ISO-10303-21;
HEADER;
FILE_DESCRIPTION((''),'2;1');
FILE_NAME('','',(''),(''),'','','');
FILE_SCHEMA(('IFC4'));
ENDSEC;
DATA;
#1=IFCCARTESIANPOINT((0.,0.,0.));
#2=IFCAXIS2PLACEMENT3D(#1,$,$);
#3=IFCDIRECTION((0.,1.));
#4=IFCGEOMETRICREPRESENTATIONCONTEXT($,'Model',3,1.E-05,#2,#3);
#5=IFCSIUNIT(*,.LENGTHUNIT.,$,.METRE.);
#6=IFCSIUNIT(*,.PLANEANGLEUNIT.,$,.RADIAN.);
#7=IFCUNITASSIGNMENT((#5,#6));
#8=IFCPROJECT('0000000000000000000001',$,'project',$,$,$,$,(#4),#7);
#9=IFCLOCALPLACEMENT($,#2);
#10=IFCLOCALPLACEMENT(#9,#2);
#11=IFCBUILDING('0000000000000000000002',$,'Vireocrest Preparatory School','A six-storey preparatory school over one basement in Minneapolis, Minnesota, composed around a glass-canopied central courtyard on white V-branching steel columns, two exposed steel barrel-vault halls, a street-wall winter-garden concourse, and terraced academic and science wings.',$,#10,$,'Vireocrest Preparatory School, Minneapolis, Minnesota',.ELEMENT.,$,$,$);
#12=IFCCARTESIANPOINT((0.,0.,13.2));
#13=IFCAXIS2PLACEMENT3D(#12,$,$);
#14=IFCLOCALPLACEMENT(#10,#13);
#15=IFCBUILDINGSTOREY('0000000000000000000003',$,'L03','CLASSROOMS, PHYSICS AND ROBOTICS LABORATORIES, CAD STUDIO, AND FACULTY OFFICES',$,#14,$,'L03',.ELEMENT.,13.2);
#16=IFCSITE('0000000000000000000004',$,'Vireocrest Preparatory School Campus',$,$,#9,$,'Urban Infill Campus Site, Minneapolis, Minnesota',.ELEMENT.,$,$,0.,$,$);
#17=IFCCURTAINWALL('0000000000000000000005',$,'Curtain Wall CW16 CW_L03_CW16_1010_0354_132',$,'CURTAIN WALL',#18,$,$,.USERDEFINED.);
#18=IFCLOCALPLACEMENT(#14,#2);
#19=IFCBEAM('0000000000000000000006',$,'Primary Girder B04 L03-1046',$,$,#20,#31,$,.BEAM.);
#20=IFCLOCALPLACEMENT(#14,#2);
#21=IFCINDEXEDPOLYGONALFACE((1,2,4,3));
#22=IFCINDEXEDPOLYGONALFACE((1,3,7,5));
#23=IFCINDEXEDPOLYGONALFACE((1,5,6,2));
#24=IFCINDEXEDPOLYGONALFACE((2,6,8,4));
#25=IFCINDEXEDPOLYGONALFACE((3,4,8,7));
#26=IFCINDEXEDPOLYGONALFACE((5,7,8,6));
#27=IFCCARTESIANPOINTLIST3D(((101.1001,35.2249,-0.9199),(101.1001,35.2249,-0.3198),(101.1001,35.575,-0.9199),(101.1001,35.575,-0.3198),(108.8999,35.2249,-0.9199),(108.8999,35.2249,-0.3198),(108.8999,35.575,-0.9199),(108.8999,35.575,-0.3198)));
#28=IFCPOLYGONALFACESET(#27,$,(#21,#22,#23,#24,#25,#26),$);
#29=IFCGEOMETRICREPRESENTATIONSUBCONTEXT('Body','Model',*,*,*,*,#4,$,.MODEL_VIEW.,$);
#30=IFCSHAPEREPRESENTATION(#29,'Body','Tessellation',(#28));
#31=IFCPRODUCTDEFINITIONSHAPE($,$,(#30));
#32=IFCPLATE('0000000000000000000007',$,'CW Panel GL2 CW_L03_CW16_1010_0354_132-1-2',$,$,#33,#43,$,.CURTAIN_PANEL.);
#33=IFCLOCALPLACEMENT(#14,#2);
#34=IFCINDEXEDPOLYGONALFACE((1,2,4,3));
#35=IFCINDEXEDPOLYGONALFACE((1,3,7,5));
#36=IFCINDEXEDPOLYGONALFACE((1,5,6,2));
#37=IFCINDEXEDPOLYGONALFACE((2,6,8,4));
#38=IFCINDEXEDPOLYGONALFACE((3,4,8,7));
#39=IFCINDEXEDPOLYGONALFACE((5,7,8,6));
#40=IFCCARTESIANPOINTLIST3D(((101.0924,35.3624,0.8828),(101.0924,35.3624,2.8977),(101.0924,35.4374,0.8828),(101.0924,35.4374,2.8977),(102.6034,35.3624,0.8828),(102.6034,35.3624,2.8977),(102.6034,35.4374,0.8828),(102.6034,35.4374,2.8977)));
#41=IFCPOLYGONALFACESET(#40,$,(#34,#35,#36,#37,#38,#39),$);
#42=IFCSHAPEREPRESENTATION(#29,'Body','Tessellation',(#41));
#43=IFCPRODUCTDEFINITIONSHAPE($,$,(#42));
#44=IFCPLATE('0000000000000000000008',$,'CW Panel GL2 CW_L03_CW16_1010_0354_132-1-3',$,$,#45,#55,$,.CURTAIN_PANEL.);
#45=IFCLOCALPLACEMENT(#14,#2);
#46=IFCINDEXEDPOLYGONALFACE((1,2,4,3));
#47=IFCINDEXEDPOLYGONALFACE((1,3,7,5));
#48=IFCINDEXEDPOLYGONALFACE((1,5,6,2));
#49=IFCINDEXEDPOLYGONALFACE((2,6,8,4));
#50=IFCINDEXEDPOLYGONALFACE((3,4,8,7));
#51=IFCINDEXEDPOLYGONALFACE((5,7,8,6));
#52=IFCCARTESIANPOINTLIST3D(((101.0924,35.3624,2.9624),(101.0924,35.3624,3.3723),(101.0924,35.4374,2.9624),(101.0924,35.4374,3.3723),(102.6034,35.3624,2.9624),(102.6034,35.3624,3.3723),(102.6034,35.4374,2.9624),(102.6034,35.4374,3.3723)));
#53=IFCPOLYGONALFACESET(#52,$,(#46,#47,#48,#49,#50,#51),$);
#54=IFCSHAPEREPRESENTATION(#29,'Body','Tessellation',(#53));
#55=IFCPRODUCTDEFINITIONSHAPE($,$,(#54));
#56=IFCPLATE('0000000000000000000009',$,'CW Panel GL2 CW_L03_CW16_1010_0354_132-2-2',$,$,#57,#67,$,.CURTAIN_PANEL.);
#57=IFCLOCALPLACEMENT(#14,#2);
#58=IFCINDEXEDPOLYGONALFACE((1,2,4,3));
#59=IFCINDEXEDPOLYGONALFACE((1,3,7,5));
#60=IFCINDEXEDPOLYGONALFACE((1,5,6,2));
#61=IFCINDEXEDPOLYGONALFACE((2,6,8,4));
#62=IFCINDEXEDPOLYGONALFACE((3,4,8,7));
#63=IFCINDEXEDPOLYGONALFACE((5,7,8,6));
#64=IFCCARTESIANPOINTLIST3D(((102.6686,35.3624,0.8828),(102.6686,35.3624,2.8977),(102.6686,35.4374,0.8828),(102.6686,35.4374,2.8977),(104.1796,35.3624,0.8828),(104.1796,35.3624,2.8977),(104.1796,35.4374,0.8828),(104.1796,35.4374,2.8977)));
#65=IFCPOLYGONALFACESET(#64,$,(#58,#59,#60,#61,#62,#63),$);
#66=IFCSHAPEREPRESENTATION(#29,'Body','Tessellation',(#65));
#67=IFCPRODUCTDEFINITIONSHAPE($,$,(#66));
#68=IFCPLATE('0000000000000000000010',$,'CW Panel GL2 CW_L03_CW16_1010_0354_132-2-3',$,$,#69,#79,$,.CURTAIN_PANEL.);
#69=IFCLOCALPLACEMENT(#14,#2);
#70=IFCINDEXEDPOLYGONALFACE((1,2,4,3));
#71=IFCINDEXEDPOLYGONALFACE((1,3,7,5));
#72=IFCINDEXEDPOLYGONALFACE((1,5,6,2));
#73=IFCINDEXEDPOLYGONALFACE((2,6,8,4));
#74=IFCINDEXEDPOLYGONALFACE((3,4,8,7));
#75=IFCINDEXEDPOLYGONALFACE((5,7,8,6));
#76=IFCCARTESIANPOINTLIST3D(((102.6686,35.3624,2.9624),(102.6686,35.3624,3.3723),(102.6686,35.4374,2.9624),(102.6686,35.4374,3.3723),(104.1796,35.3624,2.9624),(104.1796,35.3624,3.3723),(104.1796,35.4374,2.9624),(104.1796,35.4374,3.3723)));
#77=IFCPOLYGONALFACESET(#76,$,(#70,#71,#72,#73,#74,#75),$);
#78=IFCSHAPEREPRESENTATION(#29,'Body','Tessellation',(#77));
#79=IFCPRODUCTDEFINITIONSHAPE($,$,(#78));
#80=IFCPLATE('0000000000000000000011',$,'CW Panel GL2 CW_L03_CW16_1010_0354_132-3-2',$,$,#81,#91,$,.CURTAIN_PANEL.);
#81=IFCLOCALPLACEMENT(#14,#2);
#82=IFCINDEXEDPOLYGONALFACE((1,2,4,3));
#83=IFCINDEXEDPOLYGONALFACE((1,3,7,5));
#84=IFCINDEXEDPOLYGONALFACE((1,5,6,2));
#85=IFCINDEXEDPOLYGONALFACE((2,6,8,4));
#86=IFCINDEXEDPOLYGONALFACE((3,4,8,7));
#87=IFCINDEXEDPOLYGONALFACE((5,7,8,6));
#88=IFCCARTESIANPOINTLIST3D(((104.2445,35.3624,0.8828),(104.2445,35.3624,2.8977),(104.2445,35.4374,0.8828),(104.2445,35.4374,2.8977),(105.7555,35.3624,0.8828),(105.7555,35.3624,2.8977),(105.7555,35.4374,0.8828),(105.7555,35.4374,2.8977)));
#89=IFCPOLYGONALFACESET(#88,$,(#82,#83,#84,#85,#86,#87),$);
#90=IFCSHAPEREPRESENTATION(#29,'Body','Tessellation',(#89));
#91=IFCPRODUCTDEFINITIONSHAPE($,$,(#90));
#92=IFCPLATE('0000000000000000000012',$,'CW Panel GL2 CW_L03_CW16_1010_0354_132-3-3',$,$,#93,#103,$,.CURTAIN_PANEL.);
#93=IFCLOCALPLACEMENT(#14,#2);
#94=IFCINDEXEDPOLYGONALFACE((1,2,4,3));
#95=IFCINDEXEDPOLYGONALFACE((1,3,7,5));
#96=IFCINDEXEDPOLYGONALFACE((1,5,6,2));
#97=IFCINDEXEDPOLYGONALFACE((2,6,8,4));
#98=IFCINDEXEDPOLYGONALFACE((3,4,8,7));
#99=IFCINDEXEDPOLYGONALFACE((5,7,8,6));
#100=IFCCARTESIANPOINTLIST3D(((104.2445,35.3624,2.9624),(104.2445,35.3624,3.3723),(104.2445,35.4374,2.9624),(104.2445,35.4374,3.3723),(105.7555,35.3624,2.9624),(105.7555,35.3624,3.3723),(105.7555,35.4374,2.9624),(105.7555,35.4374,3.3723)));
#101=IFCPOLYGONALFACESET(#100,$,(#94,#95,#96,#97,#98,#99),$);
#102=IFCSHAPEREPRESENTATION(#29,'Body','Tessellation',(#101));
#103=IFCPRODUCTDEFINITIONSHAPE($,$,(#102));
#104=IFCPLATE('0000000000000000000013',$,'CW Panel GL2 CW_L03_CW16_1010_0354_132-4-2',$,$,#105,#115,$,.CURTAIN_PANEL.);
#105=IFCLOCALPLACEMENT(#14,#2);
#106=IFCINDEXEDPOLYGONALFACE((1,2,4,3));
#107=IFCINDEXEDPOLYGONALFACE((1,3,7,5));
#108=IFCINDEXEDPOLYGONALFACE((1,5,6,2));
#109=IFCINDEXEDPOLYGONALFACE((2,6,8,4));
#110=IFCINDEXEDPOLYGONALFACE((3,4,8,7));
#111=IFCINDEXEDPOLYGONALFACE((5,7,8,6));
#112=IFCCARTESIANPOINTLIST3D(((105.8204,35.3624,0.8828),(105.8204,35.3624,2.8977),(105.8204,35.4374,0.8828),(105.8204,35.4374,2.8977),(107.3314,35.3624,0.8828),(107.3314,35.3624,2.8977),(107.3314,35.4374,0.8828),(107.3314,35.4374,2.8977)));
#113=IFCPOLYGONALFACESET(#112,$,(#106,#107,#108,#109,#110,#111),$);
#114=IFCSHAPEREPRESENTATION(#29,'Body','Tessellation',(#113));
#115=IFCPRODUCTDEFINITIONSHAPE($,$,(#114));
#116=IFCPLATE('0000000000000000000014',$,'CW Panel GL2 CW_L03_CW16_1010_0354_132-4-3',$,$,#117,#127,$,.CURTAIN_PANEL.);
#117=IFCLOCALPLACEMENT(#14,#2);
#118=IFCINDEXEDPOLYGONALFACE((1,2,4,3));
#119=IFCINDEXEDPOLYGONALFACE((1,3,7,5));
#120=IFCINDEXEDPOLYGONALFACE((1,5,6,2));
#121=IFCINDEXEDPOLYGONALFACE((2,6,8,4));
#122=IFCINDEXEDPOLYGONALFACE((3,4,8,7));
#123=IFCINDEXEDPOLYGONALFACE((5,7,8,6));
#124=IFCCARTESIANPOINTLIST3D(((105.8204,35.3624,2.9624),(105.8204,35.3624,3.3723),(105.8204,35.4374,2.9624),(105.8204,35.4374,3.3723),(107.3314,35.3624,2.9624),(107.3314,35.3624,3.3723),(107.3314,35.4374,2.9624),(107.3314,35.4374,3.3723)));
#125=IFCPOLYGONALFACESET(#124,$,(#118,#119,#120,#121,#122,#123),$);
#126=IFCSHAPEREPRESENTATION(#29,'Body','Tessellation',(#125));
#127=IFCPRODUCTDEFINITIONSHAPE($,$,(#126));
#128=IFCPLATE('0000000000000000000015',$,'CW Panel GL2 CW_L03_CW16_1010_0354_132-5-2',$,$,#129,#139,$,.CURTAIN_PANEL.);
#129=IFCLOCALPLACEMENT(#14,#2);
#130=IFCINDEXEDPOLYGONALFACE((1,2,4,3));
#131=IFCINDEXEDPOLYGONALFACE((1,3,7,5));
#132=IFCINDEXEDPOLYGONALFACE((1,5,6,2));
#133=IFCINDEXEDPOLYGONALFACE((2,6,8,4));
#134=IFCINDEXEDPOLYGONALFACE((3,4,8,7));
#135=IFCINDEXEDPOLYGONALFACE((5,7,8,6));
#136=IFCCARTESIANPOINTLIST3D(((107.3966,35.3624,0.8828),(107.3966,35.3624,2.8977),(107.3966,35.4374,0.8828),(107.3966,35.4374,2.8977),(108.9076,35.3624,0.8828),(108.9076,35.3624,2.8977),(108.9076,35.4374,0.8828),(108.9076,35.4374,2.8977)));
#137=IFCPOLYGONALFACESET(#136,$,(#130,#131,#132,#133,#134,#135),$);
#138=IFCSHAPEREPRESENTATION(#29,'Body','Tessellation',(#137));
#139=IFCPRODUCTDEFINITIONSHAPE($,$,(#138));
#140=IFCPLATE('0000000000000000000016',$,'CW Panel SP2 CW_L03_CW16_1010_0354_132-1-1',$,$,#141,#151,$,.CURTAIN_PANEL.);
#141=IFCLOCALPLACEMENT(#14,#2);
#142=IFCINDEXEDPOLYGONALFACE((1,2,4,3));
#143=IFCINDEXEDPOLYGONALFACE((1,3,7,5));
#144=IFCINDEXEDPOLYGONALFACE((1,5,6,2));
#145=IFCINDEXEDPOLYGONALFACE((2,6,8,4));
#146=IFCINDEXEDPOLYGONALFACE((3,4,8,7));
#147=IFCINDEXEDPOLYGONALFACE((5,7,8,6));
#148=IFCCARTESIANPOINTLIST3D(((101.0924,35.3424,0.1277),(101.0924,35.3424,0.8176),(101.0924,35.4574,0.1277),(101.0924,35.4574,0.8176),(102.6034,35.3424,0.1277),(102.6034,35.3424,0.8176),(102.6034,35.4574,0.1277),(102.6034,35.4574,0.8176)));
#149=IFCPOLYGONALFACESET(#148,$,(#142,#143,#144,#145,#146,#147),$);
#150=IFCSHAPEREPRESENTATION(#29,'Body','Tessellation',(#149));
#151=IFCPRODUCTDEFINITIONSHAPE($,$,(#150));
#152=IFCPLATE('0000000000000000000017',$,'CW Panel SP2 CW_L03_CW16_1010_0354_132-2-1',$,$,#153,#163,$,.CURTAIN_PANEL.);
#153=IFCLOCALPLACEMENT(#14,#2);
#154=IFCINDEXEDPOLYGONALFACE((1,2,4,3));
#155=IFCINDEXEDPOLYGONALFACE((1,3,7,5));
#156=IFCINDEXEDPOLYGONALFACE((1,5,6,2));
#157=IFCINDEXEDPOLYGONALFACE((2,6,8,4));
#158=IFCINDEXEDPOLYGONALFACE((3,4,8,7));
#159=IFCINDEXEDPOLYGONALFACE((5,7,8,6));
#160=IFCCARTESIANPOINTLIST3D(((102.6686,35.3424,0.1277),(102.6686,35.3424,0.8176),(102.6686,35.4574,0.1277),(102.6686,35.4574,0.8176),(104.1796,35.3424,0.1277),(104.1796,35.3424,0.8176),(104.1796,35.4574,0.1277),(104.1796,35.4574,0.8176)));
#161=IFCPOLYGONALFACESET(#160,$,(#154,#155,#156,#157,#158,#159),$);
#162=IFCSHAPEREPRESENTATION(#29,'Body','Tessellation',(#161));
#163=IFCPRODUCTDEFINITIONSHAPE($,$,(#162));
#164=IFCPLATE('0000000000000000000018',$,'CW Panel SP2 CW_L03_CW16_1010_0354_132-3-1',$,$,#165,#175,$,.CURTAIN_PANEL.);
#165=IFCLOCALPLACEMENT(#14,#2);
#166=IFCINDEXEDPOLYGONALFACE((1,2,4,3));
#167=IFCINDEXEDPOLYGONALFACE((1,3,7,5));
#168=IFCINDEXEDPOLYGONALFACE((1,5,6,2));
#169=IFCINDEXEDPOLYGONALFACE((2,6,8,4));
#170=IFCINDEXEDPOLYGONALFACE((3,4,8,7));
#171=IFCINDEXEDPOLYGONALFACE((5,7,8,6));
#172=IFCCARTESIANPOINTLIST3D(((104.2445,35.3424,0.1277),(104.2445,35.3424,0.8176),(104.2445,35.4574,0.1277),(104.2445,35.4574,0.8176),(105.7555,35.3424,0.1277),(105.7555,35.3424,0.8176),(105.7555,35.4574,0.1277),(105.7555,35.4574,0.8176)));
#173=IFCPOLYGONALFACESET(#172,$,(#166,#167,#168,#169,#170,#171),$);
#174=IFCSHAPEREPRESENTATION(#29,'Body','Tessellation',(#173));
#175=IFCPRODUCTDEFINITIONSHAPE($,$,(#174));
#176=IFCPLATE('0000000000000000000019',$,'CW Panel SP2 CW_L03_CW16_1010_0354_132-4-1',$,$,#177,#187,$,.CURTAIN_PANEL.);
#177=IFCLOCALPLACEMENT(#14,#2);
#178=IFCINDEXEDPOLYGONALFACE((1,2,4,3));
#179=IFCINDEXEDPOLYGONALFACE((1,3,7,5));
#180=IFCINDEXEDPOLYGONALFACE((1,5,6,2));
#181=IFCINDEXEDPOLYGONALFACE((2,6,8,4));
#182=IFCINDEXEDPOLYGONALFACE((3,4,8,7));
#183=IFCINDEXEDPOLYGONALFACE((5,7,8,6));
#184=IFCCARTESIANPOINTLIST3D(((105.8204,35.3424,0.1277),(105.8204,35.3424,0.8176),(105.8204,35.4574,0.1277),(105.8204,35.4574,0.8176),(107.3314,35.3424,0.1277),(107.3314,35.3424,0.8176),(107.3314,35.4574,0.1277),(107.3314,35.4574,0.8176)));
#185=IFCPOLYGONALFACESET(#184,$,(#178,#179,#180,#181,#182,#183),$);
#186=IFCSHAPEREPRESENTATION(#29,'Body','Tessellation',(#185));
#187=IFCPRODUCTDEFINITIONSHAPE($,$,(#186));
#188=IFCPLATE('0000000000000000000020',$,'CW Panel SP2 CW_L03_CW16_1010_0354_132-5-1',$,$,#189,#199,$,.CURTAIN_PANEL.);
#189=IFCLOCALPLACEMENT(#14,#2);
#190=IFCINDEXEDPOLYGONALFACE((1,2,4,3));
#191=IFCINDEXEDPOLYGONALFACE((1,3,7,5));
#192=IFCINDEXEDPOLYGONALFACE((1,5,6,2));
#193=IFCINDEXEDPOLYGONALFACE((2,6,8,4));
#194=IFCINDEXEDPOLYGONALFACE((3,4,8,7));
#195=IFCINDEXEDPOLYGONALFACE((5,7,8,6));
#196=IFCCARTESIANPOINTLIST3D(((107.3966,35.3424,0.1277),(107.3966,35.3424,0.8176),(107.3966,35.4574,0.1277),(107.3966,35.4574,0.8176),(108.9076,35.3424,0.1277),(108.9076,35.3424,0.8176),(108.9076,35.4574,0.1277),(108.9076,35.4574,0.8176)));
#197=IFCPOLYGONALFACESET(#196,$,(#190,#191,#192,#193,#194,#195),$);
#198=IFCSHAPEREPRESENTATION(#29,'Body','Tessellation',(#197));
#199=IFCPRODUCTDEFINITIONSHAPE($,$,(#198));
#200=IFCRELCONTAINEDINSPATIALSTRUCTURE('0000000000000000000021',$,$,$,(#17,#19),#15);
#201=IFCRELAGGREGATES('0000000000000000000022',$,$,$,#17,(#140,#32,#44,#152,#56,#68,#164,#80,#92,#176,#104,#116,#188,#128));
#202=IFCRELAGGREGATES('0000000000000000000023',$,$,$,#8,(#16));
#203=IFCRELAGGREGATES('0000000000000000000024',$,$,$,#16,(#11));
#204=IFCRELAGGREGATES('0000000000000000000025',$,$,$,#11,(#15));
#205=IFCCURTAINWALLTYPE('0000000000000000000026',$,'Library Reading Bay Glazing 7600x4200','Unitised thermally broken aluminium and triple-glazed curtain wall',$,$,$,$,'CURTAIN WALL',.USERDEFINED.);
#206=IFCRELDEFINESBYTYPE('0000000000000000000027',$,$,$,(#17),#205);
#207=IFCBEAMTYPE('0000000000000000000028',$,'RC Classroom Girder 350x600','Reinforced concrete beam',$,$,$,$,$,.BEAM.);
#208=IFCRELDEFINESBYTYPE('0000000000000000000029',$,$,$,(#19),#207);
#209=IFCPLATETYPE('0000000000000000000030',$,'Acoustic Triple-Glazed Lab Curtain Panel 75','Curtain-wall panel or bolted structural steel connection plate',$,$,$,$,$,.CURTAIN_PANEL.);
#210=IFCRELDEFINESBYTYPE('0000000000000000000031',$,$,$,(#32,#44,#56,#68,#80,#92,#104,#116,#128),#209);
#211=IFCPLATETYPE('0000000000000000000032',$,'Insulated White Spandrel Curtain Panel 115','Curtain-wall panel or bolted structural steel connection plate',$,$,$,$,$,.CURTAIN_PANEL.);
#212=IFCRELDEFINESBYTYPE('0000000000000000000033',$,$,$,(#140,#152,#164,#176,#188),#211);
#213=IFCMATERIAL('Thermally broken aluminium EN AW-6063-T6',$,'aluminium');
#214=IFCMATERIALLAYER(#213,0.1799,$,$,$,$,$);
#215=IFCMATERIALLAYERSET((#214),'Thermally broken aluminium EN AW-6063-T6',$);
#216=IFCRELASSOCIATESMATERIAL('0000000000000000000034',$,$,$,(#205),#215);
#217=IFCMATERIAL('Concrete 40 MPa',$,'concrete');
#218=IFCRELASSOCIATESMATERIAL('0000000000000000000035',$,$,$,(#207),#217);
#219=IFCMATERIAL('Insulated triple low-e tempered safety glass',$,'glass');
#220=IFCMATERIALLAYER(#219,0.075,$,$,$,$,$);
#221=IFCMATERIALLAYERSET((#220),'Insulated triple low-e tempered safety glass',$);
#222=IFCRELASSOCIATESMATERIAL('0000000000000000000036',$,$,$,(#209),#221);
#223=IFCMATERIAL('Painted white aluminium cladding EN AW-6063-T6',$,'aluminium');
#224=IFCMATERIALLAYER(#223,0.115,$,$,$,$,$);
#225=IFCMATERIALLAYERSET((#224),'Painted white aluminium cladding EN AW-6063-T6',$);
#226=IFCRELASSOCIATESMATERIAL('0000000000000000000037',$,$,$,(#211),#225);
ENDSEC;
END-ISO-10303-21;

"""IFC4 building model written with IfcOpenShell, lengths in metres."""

from ifc_helpers import new_model, si_unit, direction, frame, origin, origin_2d, place, context, subcontext, project, spatial, rectangle, extrude, material, layer, layer_set, material_profile, profile_set, type_object, element, aggregate, save


model = new_model("IFC4")

# Units and contexts
model_context = context("Model", 3, precision=1e-05, world=origin(), true_north=direction((0.0, 1.0)))
body_context = subcontext(model_context, "Body", "Model", "MODEL_VIEW")
ifc_project = project(units=[si_unit("LENGTHUNIT", "METRE"), si_unit("PLANEANGLEUNIT", "RADIAN")], contexts=[model_context])

# Site, building, storey
site_placement = place(None, origin())
site = spatial("IfcSite", under=ifc_project, at=site_placement, Name="Vireocrest Preparatory School Campus", LongName="Urban Infill Campus Site, Minneapolis, Minnesota", CompositionType="ELEMENT", RefElevation=0.0)
building_placement = place(site_placement, origin())
building = spatial("IfcBuilding", under=site, at=building_placement, Name="Vireocrest Preparatory School", Description="A six-storey preparatory school over one basement in Minneapolis, Minnesota, composed around a glass-canopied central courtyard on white V-branching steel columns, two exposed steel barrel-vault halls, a street-wall winter-garden concourse, and terraced academic and science wings.", LongName="Vireocrest Preparatory School, Minneapolis, Minnesota", CompositionType="ELEMENT")
storey_placement = place(building_placement, frame((0.0, 0.0, 13.2)))
storey = spatial("IfcBuildingStorey", under=building, at=storey_placement, Name="L03", Description="CLASSROOMS, PHYSICS AND ROBOTICS LABORATORIES, CAD STUDIO, AND FACULTY OFFICES", LongName="L03", CompositionType="ELEMENT", Elevation=13.2)

# Curtain wall
ifc_material_1 = material(Name="Thermally broken aluminium EN AW-6063-T6", Category="aluminium")
ifc_layer_1 = layer(ifc_material_1, 0.1799)
ifc_layer_set_1 = layer_set([ifc_layer_1], Name="Thermally broken aluminium EN AW-6063-T6")
curtain_wall_type = type_object("IfcCurtainWallType", Name="Library Reading Bay Glazing 7600x4200", Description="Unitised thermally broken aluminium and triple-glazed curtain wall", ElementType="CURTAIN WALL", PredefinedType="USERDEFINED", material=ifc_layer_set_1)
curtain_wall_placement = place(storey_placement, origin())
curtain_wall = element("IfcCurtainWall", 1, at=curtain_wall_placement, inside=storey, type_object=curtain_wall_type, Name="Curtain Wall CW16 CW_L03_CW16_1010_0354_132", ObjectType="CURTAIN WALL", PredefinedType="USERDEFINED")

# Beam
ifc_material_2 = material(Name="Concrete 40 MPa", Category="concrete")
ifc_material_profile_1 = material_profile(ifc_material_2, rectangle(XDim=0.3501, YDim=0.6001, at=origin_2d()), Name="RC 350x600")
ifc_profile_set_1 = profile_set([ifc_material_profile_1], Name="Concrete 40 MPa")
beam_type_1 = type_object("IfcBeamType", Name="RC Classroom Girder 350x600", Description="Reinforced concrete beam", PredefinedType="BEAM", material=ifc_profile_set_1)
beam_1_placement = place(storey_placement, frame((101.1001, 35.3999, -0.6199), z_axis=(1.0, 0.0, 0.0), x_axis=(0.0, 1.0, 0.0)))
element("IfcBeam", 2, at=beam_1_placement, inside=storey, type_object=beam_type_1, Name="Primary Girder B04 L03-1046", PredefinedType="BEAM", context=body_context, shape_type="SweptSolid", body=[
    extrude(rectangle(XDim=0.3501, YDim=0.6001, at=origin_2d()), origin(), (0.0, 0.0, 1.0), 7.7998),
])

# Plates
ifc_material_3 = material(Name="Insulated triple low-e tempered safety glass", Category="glass")
ifc_layer_2 = layer(ifc_material_3, 0.075)
ifc_layer_set_2 = layer_set([ifc_layer_2], Name="Insulated triple low-e tempered safety glass")
plate_type_1 = type_object("IfcPlateType", Name="Acoustic Triple-Glazed Lab Curtain Panel 75", Description="Curtain-wall panel or bolted structural steel connection plate", PredefinedType="CURTAIN_PANEL", material=ifc_layer_set_2)
plate_1_placement = place(storey_placement, frame((101.8479, 35.3999, 0.8828), z_axis=(0.0, 0.0, 1.0), x_axis=(1.0, 0.0, 0.0)))
plate_1 = element("IfcPlate", 3, at=plate_1_placement, type_object=plate_type_1, Name="CW Panel GL2 CW_L03_CW16_1010_0354_132-1-2", PredefinedType="CURTAIN_PANEL", context=body_context, shape_type="SweptSolid", body=[
    extrude(rectangle(XDim=1.511, YDim=0.075, at=origin_2d()), origin(), (0.0, 0.0, 1.0), 2.0149),
])
plate_2_placement = place(storey_placement, frame((101.8479, 35.3999, 2.9624), z_axis=(0.0, 0.0, 1.0), x_axis=(1.0, 0.0, 0.0)))
plate_2 = element("IfcPlate", 4, at=plate_2_placement, type_object=plate_type_1, Name="CW Panel GL2 CW_L03_CW16_1010_0354_132-1-3", PredefinedType="CURTAIN_PANEL", context=body_context, shape_type="SweptSolid", body=[
    extrude(rectangle(XDim=1.511, YDim=0.075, at=origin_2d()), origin(), (0.0, 0.0, 1.0), 0.4099),
])
plate_3_placement = place(storey_placement, frame((103.4241, 35.3999, 0.8828), z_axis=(0.0, 0.0, 1.0), x_axis=(1.0, 0.0, 0.0)))
plate_3 = element("IfcPlate", 5, at=plate_3_placement, type_object=plate_type_1, Name="CW Panel GL2 CW_L03_CW16_1010_0354_132-2-2", PredefinedType="CURTAIN_PANEL", context=body_context, shape_type="SweptSolid", body=[
    extrude(rectangle(XDim=1.511, YDim=0.075, at=origin_2d()), origin(), (0.0, 0.0, 1.0), 2.0149),
])
plate_4_placement = place(storey_placement, frame((103.4241, 35.3999, 2.9624), z_axis=(0.0, 0.0, 1.0), x_axis=(1.0, 0.0, 0.0)))
plate_4 = element("IfcPlate", 6, at=plate_4_placement, type_object=plate_type_1, Name="CW Panel GL2 CW_L03_CW16_1010_0354_132-2-3", PredefinedType="CURTAIN_PANEL", context=body_context, shape_type="SweptSolid", body=[
    extrude(rectangle(XDim=1.511, YDim=0.075, at=origin_2d()), origin(), (0.0, 0.0, 1.0), 0.4099),
])
plate_5_placement = place(storey_placement, frame((105.0, 35.3999, 0.8828), z_axis=(0.0, 0.0, 1.0), x_axis=(1.0, 0.0, 0.0)))
plate_5 = element("IfcPlate", 7, at=plate_5_placement, type_object=plate_type_1, Name="CW Panel GL2 CW_L03_CW16_1010_0354_132-3-2", PredefinedType="CURTAIN_PANEL", context=body_context, shape_type="SweptSolid", body=[
    extrude(rectangle(XDim=1.511, YDim=0.075, at=origin_2d()), origin(), (0.0, 0.0, 1.0), 2.0149),
])
plate_6_placement = place(storey_placement, frame((105.0, 35.3999, 2.9624), z_axis=(0.0, 0.0, 1.0), x_axis=(1.0, 0.0, 0.0)))
plate_6 = element("IfcPlate", 8, at=plate_6_placement, type_object=plate_type_1, Name="CW Panel GL2 CW_L03_CW16_1010_0354_132-3-3", PredefinedType="CURTAIN_PANEL", context=body_context, shape_type="SweptSolid", body=[
    extrude(rectangle(XDim=1.511, YDim=0.075, at=origin_2d()), origin(), (0.0, 0.0, 1.0), 0.4099),
])
plate_7_placement = place(storey_placement, frame((106.5759, 35.3999, 0.8828), z_axis=(0.0, 0.0, 1.0), x_axis=(1.0, 0.0, 0.0)))
plate_7 = element("IfcPlate", 9, at=plate_7_placement, type_object=plate_type_1, Name="CW Panel GL2 CW_L03_CW16_1010_0354_132-4-2", PredefinedType="CURTAIN_PANEL", context=body_context, shape_type="SweptSolid", body=[
    extrude(rectangle(XDim=1.511, YDim=0.075, at=origin_2d()), origin(), (0.0, 0.0, 1.0), 2.0149),
])
plate_8_placement = place(storey_placement, frame((106.5759, 35.3999, 2.9624), z_axis=(0.0, 0.0, 1.0), x_axis=(1.0, 0.0, 0.0)))
plate_8 = element("IfcPlate", 10, at=plate_8_placement, type_object=plate_type_1, Name="CW Panel GL2 CW_L03_CW16_1010_0354_132-4-3", PredefinedType="CURTAIN_PANEL", context=body_context, shape_type="SweptSolid", body=[
    extrude(rectangle(XDim=1.511, YDim=0.075, at=origin_2d()), origin(), (0.0, 0.0, 1.0), 0.4099),
])
plate_9_placement = place(storey_placement, frame((108.1521, 35.3999, 0.8828), z_axis=(0.0, 0.0, 1.0), x_axis=(1.0, 0.0, 0.0)))
plate_9 = element("IfcPlate", 11, at=plate_9_placement, type_object=plate_type_1, Name="CW Panel GL2 CW_L03_CW16_1010_0354_132-5-2", PredefinedType="CURTAIN_PANEL", context=body_context, shape_type="SweptSolid", body=[
    extrude(rectangle(XDim=1.511, YDim=0.075, at=origin_2d()), origin(), (0.0, 0.0, 1.0), 2.0149),
])
ifc_material_4 = material(Name="Painted white aluminium cladding EN AW-6063-T6", Category="aluminium")
ifc_layer_3 = layer(ifc_material_4, 0.115)
ifc_layer_set_3 = layer_set([ifc_layer_3], Name="Painted white aluminium cladding EN AW-6063-T6")
plate_type_2 = type_object("IfcPlateType", Name="Insulated White Spandrel Curtain Panel 115", Description="Curtain-wall panel or bolted structural steel connection plate", PredefinedType="CURTAIN_PANEL", material=ifc_layer_set_3)
plate_10_placement = place(storey_placement, frame((101.8479, 35.3999, 0.1277), z_axis=(0.0, 0.0, 1.0), x_axis=(1.0, 0.0, 0.0)))
plate_10 = element("IfcPlate", 12, at=plate_10_placement, type_object=plate_type_2, Name="CW Panel SP2 CW_L03_CW16_1010_0354_132-1-1", PredefinedType="CURTAIN_PANEL", context=body_context, shape_type="SweptSolid", body=[
    extrude(rectangle(XDim=1.511, YDim=0.115, at=origin_2d()), origin(), (0.0, 0.0, 1.0), 0.6899),
])
plate_11_placement = place(storey_placement, frame((103.4241, 35.3999, 0.1277), z_axis=(0.0, 0.0, 1.0), x_axis=(1.0, 0.0, 0.0)))
plate_11 = element("IfcPlate", 13, at=plate_11_placement, type_object=plate_type_2, Name="CW Panel SP2 CW_L03_CW16_1010_0354_132-2-1", PredefinedType="CURTAIN_PANEL", context=body_context, shape_type="SweptSolid", body=[
    extrude(rectangle(XDim=1.511, YDim=0.115, at=origin_2d()), origin(), (0.0, 0.0, 1.0), 0.6899),
])
plate_12_placement = place(storey_placement, frame((105.0, 35.3999, 0.1277), z_axis=(0.0, 0.0, 1.0), x_axis=(1.0, 0.0, 0.0)))
plate_12 = element("IfcPlate", 14, at=plate_12_placement, type_object=plate_type_2, Name="CW Panel SP2 CW_L03_CW16_1010_0354_132-3-1", PredefinedType="CURTAIN_PANEL", context=body_context, shape_type="SweptSolid", body=[
    extrude(rectangle(XDim=1.511, YDim=0.115, at=origin_2d()), origin(), (0.0, 0.0, 1.0), 0.6899),
])
plate_13_placement = place(storey_placement, frame((106.5759, 35.3999, 0.1277), z_axis=(0.0, 0.0, 1.0), x_axis=(1.0, 0.0, 0.0)))
plate_13 = element("IfcPlate", 15, at=plate_13_placement, type_object=plate_type_2, Name="CW Panel SP2 CW_L03_CW16_1010_0354_132-4-1", PredefinedType="CURTAIN_PANEL", context=body_context, shape_type="SweptSolid", body=[
    extrude(rectangle(XDim=1.511, YDim=0.115, at=origin_2d()), origin(), (0.0, 0.0, 1.0), 0.6899),
])
plate_14_placement = place(storey_placement, frame((108.1521, 35.3999, 0.1277), z_axis=(0.0, 0.0, 1.0), x_axis=(1.0, 0.0, 0.0)))
plate_14 = element("IfcPlate", 16, at=plate_14_placement, type_object=plate_type_2, Name="CW Panel SP2 CW_L03_CW16_1010_0354_132-5-1", PredefinedType="CURTAIN_PANEL", context=body_context, shape_type="SweptSolid", body=[
    extrude(rectangle(XDim=1.511, YDim=0.115, at=origin_2d()), origin(), (0.0, 0.0, 1.0), 0.6899),
])
aggregate(curtain_wall, [plate_10, plate_1, plate_2, plate_11, plate_3, plate_4, plate_12, plate_5, plate_6, plate_13, plate_7, plate_8, plate_14, plate_9])

save(model, "model.ifc")
